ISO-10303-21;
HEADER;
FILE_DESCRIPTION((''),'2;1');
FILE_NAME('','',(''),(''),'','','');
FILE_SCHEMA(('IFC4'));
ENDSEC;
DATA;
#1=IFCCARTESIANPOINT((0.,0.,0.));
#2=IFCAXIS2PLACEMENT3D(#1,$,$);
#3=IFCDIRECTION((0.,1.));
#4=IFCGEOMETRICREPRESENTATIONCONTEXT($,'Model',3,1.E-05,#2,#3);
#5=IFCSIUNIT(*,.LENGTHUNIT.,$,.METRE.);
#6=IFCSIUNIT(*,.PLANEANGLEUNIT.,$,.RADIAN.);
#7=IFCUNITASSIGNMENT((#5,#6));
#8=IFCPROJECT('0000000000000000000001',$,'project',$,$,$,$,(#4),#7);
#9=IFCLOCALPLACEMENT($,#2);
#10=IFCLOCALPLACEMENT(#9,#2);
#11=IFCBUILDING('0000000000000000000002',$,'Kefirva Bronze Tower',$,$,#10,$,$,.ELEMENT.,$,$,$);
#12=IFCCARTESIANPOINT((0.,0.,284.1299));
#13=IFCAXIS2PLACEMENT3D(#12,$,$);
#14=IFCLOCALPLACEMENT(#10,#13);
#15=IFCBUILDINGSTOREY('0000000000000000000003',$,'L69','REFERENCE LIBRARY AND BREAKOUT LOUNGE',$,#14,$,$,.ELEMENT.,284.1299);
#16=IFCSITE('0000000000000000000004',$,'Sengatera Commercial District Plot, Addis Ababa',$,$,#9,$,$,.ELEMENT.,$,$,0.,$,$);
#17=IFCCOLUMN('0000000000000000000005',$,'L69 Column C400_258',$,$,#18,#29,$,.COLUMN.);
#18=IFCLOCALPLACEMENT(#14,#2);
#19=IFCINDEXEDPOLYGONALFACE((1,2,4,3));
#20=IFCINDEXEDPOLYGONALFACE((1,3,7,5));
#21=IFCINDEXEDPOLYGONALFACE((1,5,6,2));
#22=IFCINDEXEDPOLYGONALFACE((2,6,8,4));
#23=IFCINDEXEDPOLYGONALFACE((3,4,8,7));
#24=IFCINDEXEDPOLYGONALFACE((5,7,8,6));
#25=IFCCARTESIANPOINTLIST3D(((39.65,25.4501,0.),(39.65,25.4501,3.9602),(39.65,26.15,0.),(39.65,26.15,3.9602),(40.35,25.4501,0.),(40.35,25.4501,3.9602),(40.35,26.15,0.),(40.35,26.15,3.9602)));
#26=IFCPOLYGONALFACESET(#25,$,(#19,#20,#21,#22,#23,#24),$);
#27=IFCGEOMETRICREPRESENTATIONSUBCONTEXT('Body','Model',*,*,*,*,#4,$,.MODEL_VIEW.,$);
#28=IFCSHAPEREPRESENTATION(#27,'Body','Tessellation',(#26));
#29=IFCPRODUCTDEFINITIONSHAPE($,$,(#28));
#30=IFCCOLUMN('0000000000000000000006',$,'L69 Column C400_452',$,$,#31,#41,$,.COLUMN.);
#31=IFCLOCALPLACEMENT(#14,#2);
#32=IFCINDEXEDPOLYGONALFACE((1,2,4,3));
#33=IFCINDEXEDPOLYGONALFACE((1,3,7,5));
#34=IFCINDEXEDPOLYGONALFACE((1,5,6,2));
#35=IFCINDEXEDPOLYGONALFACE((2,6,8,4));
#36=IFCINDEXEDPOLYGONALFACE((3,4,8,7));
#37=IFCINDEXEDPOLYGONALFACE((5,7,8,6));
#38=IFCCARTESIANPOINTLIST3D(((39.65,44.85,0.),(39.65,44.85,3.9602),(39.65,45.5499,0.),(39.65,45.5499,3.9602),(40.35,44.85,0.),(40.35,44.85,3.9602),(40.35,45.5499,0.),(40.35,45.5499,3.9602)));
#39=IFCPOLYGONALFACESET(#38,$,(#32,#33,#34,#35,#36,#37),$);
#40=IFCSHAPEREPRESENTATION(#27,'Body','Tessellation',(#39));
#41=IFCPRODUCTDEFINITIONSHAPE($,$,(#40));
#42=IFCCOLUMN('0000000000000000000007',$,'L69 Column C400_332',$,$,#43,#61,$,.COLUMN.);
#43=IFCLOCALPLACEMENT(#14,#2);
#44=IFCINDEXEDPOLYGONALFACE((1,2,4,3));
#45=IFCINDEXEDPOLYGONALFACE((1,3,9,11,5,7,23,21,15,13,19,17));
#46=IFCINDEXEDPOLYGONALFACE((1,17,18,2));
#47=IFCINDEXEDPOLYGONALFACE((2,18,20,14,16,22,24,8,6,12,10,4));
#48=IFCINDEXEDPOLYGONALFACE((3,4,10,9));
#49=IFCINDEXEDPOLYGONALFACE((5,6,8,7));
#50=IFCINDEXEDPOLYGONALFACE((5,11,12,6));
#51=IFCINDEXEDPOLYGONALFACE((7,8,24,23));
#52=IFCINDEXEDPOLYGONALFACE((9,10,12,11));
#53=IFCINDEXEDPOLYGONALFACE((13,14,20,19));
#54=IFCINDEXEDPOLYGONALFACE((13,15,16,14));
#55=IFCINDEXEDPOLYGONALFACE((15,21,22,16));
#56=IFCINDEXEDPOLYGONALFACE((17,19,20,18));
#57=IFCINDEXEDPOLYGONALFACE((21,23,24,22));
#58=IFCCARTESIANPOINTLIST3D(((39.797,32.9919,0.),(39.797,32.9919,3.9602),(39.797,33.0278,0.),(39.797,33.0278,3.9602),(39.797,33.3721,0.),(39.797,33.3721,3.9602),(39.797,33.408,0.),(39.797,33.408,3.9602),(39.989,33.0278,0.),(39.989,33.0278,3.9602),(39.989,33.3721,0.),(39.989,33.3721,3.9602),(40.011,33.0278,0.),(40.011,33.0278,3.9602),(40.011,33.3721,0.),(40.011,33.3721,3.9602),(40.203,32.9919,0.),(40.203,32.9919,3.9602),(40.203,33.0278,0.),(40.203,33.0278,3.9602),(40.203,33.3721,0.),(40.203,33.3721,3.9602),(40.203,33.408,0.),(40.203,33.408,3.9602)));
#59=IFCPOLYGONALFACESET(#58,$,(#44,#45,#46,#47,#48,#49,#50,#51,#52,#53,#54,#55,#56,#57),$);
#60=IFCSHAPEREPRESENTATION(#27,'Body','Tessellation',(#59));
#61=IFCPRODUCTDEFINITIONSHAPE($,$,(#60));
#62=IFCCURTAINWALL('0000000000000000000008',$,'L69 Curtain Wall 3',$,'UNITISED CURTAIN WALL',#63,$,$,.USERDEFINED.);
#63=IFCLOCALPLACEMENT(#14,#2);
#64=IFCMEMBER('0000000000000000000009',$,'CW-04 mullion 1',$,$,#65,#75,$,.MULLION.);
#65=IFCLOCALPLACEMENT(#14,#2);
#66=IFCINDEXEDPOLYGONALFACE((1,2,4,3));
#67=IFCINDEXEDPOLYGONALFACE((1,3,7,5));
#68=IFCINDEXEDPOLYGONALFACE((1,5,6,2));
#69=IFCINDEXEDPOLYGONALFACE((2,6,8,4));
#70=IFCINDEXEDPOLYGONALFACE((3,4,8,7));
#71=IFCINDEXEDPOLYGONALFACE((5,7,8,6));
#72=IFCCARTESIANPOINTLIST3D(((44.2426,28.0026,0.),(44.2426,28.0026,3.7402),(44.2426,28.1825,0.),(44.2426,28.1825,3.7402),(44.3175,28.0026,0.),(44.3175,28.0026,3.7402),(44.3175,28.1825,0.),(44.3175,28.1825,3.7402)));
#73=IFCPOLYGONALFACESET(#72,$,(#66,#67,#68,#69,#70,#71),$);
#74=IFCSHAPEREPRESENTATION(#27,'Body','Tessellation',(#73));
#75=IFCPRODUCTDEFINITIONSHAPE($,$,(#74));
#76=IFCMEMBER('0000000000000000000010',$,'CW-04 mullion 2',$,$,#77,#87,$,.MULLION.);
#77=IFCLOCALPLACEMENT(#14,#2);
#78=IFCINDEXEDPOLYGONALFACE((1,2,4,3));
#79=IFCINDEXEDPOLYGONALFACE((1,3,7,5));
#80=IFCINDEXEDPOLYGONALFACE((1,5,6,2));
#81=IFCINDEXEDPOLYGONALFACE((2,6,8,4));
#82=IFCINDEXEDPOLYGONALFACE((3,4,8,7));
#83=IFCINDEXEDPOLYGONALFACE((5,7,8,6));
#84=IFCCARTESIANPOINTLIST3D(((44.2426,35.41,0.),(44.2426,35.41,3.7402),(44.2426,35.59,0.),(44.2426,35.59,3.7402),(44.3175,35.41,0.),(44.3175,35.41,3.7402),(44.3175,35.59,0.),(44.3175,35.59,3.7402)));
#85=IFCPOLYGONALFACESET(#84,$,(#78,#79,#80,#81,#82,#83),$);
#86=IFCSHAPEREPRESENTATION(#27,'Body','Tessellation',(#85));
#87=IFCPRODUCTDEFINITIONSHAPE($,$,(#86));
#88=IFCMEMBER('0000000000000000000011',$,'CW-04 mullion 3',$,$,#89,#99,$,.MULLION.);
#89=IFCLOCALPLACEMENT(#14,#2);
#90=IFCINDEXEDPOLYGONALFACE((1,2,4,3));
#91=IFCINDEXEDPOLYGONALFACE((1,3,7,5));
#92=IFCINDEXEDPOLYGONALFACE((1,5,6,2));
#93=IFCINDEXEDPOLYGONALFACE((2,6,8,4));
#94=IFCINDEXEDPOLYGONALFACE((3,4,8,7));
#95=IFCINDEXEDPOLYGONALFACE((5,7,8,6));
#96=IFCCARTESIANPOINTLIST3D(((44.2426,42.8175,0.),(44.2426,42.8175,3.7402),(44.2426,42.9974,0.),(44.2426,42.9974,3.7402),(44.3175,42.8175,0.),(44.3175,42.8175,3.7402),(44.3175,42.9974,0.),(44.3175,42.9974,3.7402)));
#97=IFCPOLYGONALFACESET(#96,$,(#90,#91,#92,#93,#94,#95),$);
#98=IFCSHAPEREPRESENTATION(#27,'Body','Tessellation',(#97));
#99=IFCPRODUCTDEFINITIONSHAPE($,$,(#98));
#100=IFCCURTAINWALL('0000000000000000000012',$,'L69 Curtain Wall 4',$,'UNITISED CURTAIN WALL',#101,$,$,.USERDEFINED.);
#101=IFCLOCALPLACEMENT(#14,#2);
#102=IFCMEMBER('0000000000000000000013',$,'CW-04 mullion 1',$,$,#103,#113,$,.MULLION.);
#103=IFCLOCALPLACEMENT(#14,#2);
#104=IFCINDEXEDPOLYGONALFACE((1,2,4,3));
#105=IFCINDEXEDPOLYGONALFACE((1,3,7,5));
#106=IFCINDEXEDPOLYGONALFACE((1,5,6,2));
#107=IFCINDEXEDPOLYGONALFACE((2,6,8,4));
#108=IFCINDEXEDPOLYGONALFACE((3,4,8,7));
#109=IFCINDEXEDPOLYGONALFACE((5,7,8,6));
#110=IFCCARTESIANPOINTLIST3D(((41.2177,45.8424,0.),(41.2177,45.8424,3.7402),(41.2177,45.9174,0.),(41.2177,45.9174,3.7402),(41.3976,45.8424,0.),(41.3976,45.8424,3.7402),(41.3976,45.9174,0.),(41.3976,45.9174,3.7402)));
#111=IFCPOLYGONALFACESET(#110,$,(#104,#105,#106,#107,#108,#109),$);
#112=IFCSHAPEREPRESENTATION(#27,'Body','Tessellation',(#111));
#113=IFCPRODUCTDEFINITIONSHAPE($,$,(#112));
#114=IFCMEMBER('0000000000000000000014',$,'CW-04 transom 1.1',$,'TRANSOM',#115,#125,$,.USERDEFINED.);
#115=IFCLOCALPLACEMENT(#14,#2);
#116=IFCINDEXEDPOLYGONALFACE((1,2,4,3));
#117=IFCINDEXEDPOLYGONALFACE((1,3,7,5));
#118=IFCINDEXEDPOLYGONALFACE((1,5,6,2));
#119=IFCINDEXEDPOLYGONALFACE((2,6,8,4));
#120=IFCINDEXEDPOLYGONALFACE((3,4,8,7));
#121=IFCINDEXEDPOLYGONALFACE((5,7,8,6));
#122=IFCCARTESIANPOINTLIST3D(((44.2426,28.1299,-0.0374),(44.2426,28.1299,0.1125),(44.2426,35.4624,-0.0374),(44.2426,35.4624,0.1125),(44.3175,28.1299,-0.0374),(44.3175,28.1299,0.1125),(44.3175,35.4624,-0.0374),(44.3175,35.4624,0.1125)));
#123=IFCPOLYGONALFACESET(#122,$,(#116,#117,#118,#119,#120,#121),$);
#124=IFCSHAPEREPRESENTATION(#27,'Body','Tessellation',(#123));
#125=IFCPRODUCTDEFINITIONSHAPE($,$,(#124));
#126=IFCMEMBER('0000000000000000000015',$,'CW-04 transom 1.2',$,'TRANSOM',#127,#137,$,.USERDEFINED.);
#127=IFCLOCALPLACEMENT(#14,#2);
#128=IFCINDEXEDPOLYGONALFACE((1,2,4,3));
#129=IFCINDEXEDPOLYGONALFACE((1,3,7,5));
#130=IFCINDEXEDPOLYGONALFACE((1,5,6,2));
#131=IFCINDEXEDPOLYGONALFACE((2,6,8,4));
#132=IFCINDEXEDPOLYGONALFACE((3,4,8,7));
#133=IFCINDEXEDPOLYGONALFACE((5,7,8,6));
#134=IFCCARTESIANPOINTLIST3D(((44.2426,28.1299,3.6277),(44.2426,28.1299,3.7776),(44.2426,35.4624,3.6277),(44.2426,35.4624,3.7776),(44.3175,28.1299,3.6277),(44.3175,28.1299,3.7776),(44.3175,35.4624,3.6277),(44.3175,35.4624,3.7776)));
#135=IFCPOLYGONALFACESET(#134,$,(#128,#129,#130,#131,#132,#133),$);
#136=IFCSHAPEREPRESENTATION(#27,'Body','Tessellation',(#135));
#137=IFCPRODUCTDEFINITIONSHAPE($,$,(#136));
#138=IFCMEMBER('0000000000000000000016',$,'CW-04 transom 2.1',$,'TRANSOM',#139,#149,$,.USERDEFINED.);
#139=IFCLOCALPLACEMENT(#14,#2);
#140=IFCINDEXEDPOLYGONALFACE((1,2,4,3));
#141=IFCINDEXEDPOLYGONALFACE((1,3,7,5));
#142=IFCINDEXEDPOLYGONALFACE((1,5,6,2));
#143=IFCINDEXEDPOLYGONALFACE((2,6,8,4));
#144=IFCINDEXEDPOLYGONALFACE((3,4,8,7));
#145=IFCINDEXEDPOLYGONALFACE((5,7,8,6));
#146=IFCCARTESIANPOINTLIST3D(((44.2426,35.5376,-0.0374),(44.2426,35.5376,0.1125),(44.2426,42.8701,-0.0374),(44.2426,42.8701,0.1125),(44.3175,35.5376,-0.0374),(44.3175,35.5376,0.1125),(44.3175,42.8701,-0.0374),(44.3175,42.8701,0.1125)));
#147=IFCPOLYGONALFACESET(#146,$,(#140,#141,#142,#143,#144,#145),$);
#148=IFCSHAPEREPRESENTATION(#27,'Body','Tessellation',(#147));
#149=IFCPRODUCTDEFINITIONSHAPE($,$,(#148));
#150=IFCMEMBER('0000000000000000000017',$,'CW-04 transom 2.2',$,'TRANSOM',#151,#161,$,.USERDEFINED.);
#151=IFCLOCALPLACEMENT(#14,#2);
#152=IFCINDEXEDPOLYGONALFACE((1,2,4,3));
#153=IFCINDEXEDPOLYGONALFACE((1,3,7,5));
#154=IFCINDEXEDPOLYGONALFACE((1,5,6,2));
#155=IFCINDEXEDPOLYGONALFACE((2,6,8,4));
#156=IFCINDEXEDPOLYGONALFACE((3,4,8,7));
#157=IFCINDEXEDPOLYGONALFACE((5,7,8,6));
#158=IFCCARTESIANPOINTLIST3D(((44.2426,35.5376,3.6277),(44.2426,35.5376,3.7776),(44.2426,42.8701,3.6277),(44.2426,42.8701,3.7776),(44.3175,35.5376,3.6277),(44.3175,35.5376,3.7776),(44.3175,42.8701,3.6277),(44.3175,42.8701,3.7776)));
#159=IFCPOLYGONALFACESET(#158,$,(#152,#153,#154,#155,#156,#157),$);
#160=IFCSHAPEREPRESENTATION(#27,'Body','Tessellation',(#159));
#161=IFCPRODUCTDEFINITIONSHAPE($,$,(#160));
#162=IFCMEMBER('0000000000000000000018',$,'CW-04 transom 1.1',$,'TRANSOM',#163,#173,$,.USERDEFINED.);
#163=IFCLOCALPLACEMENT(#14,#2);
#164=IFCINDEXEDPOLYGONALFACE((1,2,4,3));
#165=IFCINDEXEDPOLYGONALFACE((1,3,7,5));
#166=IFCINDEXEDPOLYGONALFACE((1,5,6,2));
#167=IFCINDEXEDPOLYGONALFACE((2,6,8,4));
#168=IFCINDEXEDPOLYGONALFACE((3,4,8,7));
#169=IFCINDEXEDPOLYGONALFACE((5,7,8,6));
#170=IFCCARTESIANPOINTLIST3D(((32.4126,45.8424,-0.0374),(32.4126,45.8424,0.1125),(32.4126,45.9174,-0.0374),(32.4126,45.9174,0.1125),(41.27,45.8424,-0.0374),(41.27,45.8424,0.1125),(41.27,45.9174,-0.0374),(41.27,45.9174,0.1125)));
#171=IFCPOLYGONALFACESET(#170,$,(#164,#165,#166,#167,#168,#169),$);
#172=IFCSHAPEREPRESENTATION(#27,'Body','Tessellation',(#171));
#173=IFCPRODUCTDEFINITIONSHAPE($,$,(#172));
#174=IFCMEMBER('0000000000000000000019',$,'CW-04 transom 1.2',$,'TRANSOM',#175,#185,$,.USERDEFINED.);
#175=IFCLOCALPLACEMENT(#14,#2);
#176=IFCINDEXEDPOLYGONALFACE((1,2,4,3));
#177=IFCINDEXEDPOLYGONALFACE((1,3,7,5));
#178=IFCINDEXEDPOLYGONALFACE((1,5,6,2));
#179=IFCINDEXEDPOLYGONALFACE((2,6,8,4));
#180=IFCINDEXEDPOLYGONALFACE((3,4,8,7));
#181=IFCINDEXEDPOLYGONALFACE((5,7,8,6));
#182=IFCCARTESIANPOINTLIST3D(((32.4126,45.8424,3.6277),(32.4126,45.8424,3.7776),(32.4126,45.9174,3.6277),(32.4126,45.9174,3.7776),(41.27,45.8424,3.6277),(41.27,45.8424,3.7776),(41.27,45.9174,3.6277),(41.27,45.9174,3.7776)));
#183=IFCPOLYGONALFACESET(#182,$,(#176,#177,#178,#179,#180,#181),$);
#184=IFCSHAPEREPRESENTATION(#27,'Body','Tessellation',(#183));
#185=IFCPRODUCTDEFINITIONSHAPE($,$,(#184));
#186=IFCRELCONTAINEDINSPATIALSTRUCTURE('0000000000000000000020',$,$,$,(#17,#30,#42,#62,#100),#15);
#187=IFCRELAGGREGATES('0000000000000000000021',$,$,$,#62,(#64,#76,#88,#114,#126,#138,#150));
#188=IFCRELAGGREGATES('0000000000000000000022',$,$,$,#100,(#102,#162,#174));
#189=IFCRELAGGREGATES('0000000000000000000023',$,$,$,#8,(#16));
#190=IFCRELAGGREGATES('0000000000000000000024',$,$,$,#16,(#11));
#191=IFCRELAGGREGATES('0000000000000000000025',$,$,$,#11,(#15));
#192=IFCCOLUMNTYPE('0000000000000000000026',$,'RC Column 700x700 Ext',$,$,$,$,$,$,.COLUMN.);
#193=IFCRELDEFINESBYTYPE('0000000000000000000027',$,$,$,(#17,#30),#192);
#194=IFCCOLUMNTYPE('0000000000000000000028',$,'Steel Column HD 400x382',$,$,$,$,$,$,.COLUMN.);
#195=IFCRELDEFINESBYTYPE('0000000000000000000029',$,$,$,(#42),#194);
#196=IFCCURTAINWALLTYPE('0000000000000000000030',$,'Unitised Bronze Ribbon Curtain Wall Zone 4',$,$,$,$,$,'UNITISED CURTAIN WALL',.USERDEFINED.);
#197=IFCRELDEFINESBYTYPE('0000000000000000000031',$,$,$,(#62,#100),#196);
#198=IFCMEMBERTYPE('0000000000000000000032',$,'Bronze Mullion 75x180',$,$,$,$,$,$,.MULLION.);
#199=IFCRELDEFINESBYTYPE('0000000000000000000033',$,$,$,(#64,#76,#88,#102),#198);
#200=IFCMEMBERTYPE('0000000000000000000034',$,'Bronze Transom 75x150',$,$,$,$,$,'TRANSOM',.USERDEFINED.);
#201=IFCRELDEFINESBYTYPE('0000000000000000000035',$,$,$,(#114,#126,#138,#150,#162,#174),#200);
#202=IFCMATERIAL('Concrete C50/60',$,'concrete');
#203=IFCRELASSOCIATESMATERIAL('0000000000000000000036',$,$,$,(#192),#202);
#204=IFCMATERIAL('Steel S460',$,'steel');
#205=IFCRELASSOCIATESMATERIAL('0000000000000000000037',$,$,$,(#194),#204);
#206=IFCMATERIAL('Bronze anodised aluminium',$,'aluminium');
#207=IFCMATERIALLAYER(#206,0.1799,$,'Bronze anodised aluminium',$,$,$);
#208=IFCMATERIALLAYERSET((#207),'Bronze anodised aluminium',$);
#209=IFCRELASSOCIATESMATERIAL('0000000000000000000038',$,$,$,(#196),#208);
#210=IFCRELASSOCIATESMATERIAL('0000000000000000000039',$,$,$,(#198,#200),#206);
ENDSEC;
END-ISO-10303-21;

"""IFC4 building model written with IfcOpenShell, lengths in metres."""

from ifc_helpers import new_model, si_unit, direction, frame, origin, origin_2d, place, context, subcontext, project, spatial, rectangle, i_section, extrude, material, layer, layer_set, material_profile, profile_set, type_object, element, aggregate, save


model = new_model("IFC4")

# Units and contexts
model_context = context("Model", 3, precision=1e-05, world=origin(), true_north=direction((0.0, 1.0)))
body_context = subcontext(model_context, "Body", "Model", "MODEL_VIEW")
ifc_project = project(units=[si_unit("LENGTHUNIT", "METRE"), si_unit("PLANEANGLEUNIT", "RADIAN")], contexts=[model_context])

# Site, building, storey
site_placement = place(None, origin())
site = spatial("IfcSite", under=ifc_project, at=site_placement, Name="Sengatera Commercial District Plot, Addis Ababa", CompositionType="ELEMENT", RefElevation=0.0)
building_placement = place(site_placement, origin())
building = spatial("IfcBuilding", under=site, at=building_placement, Name="Kefirva Bronze Tower", CompositionType="ELEMENT")
storey_placement = place(building_placement, frame((0.0, 0.0, 284.1299)))
storey = spatial("IfcBuildingStorey", under=building, at=storey_placement, Name="L69", Description="REFERENCE LIBRARY AND BREAKOUT LOUNGE", CompositionType="ELEMENT", Elevation=284.1299)

# Columns
ifc_material_1 = material(Name="Concrete C50/60", Category="concrete")
ifc_material_profile_1 = material_profile(ifc_material_1, rectangle(XDim=0.7, YDim=0.7, at=origin_2d()), Name="RC 700x700")
ifc_profile_set_1 = profile_set([ifc_material_profile_1], Name="Concrete C50/60")
column_type_1 = type_object("IfcColumnType", Name="RC Column 700x700 Ext", PredefinedType="COLUMN", material=ifc_profile_set_1)
for number, where, z_axis, x_axis, name in (
    (1, (40.0, 25.8, 0.0), (0.0, 0.0, 1.0), (1.0, 0.0, 0.0), "L69 Column C400_258"),
    (2, (40.0, 45.2, 0.0), (0.0, 0.0, 1.0), (1.0, 0.0, 0.0), "L69 Column C400_452"),
):
    element("IfcColumn", number, at=place(storey_placement, frame(where, z_axis=z_axis, x_axis=x_axis)), inside=storey, type_object=column_type_1, Name=name, PredefinedType="COLUMN", context=body_context, shape_type="SweptSolid", body=[
        extrude(rectangle(XDim=0.7, YDim=0.7, at=origin_2d()), origin(), (0.0, 0.0, 1.0), 3.9602),
    ])
ifc_material_2 = material(Name="Steel S460", Category="steel")
ifc_material_profile_2 = material_profile(ifc_material_2, i_section(OverallWidth=0.406, OverallDepth=0.416, WebThickness=0.022, FlangeThickness=0.0359, at=origin_2d()), Name="HD 400x382")
ifc_profile_set_2 = profile_set([ifc_material_profile_2], Name="Steel S460")
column_type_2 = type_object("IfcColumnType", Name="Steel Column HD 400x382", PredefinedType="COLUMN", material=ifc_profile_set_2)
column_placement = place(storey_placement, frame((40.0, 33.2, 0.0), z_axis=(0.0, 0.0, 1.0), x_axis=(1.0, 0.0, 0.0)))
element("IfcColumn", 3, at=column_placement, inside=storey, type_object=column_type_2, Name="L69 Column C400_332", PredefinedType="COLUMN", context=body_context, shape_type="SweptSolid", body=[
    extrude(i_section(OverallWidth=0.406, OverallDepth=0.416, WebThickness=0.022, FlangeThickness=0.0359, at=origin_2d()), origin(), (0.0, 0.0, 1.0), 3.9602),
])

# Curtain wall, members
ifc_material_3 = material(Name="Bronze anodised aluminium", Category="aluminium")
ifc_layer_1 = layer(ifc_material_3, 0.1799, Name="Bronze anodised aluminium")
ifc_layer_set_1 = layer_set([ifc_layer_1], Name="Bronze anodised aluminium")
curtain_wall_type = type_object("IfcCurtainWallType", Name="Unitised Bronze Ribbon Curtain Wall Zone 4", ElementType="UNITISED CURTAIN WALL", PredefinedType="USERDEFINED", material=ifc_layer_set_1)
curtain_wall_1_placement = place(storey_placement, origin())
curtain_wall_1 = element("IfcCurtainWall", 4, at=curtain_wall_1_placement, inside=storey, type_object=curtain_wall_type, Name="L69 Curtain Wall 3", ObjectType="UNITISED CURTAIN WALL", PredefinedType="USERDEFINED")
ifc_material_profile_3 = material_profile(ifc_material_3, rectangle(XDim=0.075, YDim=0.1799, at=origin_2d()), Name="ALU 75x180")
ifc_profile_set_3 = profile_set([ifc_material_profile_3], Name="Bronze anodised aluminium")
member_type_1 = type_object("IfcMemberType", Name="Bronze Mullion 75x180", PredefinedType="MULLION", material=ifc_profile_set_3)
member_1_placement = place(storey_placement, frame((44.28, 28.0925, 0.0), z_axis=(0.0, 0.0, 1.0), x_axis=(-1.0, 0.0, 0.0)))
member_1 = element("IfcMember", 5, at=member_1_placement, type_object=member_type_1, Name="CW-04 mullion 1", PredefinedType="MULLION", context=body_context, shape_type="SweptSolid", body=[
    extrude(rectangle(XDim=0.075, YDim=0.1799, at=origin_2d()), origin(), (0.0, 0.0, 1.0), 3.7402),
])
member_2_placement = place(storey_placement, frame((44.28, 35.5, 0.0), z_axis=(0.0, 0.0, 1.0), x_axis=(-1.0, 0.0, 0.0)))
member_2 = element("IfcMember", 6, at=member_2_placement, type_object=member_type_1, Name="CW-04 mullion 2", PredefinedType="MULLION", context=body_context, shape_type="SweptSolid", body=[
    extrude(rectangle(XDim=0.075, YDim=0.1799, at=origin_2d()), origin(), (0.0, 0.0, 1.0), 3.7402),
])
member_3_placement = place(storey_placement, frame((44.28, 42.9075, 0.0), z_axis=(0.0, 0.0, 1.0), x_axis=(-1.0, 0.0, 0.0)))
member_3 = element("IfcMember", 7, at=member_3_placement, type_object=member_type_1, Name="CW-04 mullion 3", PredefinedType="MULLION", context=body_context, shape_type="SweptSolid", body=[
    extrude(rectangle(XDim=0.075, YDim=0.1799, at=origin_2d()), origin(), (0.0, 0.0, 1.0), 3.7402),
])

# Curtain wall, member
curtain_wall_2_placement = place(storey_placement, origin())
curtain_wall_2 = element("IfcCurtainWall", 8, at=curtain_wall_2_placement, inside=storey, type_object=curtain_wall_type, Name="L69 Curtain Wall 4", ObjectType="UNITISED CURTAIN WALL", PredefinedType="USERDEFINED")
member_4_placement = place(storey_placement, frame((41.3076, 45.8799, 0.0), z_axis=(0.0, 0.0, 1.0), x_axis=(0.0, -1.0, 0.0)))
member_4 = element("IfcMember", 9, at=member_4_placement, type_object=member_type_1, Name="CW-04 mullion 1", PredefinedType="MULLION", context=body_context, shape_type="SweptSolid", body=[
    extrude(rectangle(XDim=0.075, YDim=0.1799, at=origin_2d()), origin(), (0.0, 0.0, 1.0), 3.7402),
])

# Members
ifc_material_profile_4 = material_profile(ifc_material_3, rectangle(XDim=0.075, YDim=0.1499, at=origin_2d()), Name="ALU 75x150")
ifc_profile_set_4 = profile_set([ifc_material_profile_4], Name="Bronze anodised aluminium")
member_type_2 = type_object("IfcMemberType", Name="Bronze Transom 75x150", ElementType="TRANSOM", PredefinedType="USERDEFINED", material=ifc_profile_set_4)
member_5_placement = place(storey_placement, frame((44.28, 28.1299, 0.0376), z_axis=(0.0, 1.0, 0.0), x_axis=(-1.0, 0.0, 0.0)))
member_5 = element("IfcMember", 10, at=member_5_placement, type_object=member_type_2, Name="CW-04 transom 1.1", ObjectType="TRANSOM", PredefinedType="USERDEFINED", context=body_context, shape_type="SweptSolid", body=[
    extrude(rectangle(XDim=0.075, YDim=0.1499, at=origin_2d()), origin(), (0.0, 0.0, 1.0), 7.3325),
])
member_6_placement = place(storey_placement, frame((44.28, 28.1299, 3.7026), z_axis=(0.0, 1.0, 0.0), x_axis=(-1.0, 0.0, 0.0)))
member_6 = element("IfcMember", 11, at=member_6_placement, type_object=member_type_2, Name="CW-04 transom 1.2", ObjectType="TRANSOM", PredefinedType="USERDEFINED", context=body_context, shape_type="SweptSolid", body=[
    extrude(rectangle(XDim=0.075, YDim=0.1499, at=origin_2d()), origin(), (0.0, 0.0, 1.0), 7.3325),
])
member_7_placement = place(storey_placement, frame((44.28, 35.5376, 0.0376), z_axis=(0.0, 1.0, 0.0), x_axis=(-1.0, 0.0, 0.0)))
member_7 = element("IfcMember", 12, at=member_7_placement, type_object=member_type_2, Name="CW-04 transom 2.1", ObjectType="TRANSOM", PredefinedType="USERDEFINED", context=body_context, shape_type="SweptSolid", body=[
    extrude(rectangle(XDim=0.075, YDim=0.1499, at=origin_2d()), origin(), (0.0, 0.0, 1.0), 7.3325),
])
member_8_placement = place(storey_placement, frame((44.28, 35.5376, 3.7026), z_axis=(0.0, 1.0, 0.0), x_axis=(-1.0, 0.0, 0.0)))
member_8 = element("IfcMember", 13, at=member_8_placement, type_object=member_type_2, Name="CW-04 transom 2.2", ObjectType="TRANSOM", PredefinedType="USERDEFINED", context=body_context, shape_type="SweptSolid", body=[
    extrude(rectangle(XDim=0.075, YDim=0.1499, at=origin_2d()), origin(), (0.0, 0.0, 1.0), 7.3325),
])
member_9_placement = place(storey_placement, frame((41.27, 45.8799, 0.0376), z_axis=(-1.0, 0.0, 0.0), x_axis=(0.0, -1.0, 0.0)))
member_9 = element("IfcMember", 14, at=member_9_placement, type_object=member_type_2, Name="CW-04 transom 1.1", ObjectType="TRANSOM", PredefinedType="USERDEFINED", context=body_context, shape_type="SweptSolid", body=[
    extrude(rectangle(XDim=0.075, YDim=0.1499, at=origin_2d()), origin(), (0.0, 0.0, 1.0), 8.8574),
])
member_10_placement = place(storey_placement, frame((41.27, 45.8799, 3.7026), z_axis=(-1.0, 0.0, 0.0), x_axis=(0.0, -1.0, 0.0)))
member_10 = element("IfcMember", 15, at=member_10_placement, type_object=member_type_2, Name="CW-04 transom 1.2", ObjectType="TRANSOM", PredefinedType="USERDEFINED", context=body_context, shape_type="SweptSolid", body=[
    extrude(rectangle(XDim=0.075, YDim=0.1499, at=origin_2d()), origin(), (0.0, 0.0, 1.0), 8.8574),
])

aggregate(curtain_wall_1, [member_1, member_2, member_3, member_5, member_6, member_7, member_8])
aggregate(curtain_wall_2, [member_4, member_9, member_10])

save(model, "model.ifc")
